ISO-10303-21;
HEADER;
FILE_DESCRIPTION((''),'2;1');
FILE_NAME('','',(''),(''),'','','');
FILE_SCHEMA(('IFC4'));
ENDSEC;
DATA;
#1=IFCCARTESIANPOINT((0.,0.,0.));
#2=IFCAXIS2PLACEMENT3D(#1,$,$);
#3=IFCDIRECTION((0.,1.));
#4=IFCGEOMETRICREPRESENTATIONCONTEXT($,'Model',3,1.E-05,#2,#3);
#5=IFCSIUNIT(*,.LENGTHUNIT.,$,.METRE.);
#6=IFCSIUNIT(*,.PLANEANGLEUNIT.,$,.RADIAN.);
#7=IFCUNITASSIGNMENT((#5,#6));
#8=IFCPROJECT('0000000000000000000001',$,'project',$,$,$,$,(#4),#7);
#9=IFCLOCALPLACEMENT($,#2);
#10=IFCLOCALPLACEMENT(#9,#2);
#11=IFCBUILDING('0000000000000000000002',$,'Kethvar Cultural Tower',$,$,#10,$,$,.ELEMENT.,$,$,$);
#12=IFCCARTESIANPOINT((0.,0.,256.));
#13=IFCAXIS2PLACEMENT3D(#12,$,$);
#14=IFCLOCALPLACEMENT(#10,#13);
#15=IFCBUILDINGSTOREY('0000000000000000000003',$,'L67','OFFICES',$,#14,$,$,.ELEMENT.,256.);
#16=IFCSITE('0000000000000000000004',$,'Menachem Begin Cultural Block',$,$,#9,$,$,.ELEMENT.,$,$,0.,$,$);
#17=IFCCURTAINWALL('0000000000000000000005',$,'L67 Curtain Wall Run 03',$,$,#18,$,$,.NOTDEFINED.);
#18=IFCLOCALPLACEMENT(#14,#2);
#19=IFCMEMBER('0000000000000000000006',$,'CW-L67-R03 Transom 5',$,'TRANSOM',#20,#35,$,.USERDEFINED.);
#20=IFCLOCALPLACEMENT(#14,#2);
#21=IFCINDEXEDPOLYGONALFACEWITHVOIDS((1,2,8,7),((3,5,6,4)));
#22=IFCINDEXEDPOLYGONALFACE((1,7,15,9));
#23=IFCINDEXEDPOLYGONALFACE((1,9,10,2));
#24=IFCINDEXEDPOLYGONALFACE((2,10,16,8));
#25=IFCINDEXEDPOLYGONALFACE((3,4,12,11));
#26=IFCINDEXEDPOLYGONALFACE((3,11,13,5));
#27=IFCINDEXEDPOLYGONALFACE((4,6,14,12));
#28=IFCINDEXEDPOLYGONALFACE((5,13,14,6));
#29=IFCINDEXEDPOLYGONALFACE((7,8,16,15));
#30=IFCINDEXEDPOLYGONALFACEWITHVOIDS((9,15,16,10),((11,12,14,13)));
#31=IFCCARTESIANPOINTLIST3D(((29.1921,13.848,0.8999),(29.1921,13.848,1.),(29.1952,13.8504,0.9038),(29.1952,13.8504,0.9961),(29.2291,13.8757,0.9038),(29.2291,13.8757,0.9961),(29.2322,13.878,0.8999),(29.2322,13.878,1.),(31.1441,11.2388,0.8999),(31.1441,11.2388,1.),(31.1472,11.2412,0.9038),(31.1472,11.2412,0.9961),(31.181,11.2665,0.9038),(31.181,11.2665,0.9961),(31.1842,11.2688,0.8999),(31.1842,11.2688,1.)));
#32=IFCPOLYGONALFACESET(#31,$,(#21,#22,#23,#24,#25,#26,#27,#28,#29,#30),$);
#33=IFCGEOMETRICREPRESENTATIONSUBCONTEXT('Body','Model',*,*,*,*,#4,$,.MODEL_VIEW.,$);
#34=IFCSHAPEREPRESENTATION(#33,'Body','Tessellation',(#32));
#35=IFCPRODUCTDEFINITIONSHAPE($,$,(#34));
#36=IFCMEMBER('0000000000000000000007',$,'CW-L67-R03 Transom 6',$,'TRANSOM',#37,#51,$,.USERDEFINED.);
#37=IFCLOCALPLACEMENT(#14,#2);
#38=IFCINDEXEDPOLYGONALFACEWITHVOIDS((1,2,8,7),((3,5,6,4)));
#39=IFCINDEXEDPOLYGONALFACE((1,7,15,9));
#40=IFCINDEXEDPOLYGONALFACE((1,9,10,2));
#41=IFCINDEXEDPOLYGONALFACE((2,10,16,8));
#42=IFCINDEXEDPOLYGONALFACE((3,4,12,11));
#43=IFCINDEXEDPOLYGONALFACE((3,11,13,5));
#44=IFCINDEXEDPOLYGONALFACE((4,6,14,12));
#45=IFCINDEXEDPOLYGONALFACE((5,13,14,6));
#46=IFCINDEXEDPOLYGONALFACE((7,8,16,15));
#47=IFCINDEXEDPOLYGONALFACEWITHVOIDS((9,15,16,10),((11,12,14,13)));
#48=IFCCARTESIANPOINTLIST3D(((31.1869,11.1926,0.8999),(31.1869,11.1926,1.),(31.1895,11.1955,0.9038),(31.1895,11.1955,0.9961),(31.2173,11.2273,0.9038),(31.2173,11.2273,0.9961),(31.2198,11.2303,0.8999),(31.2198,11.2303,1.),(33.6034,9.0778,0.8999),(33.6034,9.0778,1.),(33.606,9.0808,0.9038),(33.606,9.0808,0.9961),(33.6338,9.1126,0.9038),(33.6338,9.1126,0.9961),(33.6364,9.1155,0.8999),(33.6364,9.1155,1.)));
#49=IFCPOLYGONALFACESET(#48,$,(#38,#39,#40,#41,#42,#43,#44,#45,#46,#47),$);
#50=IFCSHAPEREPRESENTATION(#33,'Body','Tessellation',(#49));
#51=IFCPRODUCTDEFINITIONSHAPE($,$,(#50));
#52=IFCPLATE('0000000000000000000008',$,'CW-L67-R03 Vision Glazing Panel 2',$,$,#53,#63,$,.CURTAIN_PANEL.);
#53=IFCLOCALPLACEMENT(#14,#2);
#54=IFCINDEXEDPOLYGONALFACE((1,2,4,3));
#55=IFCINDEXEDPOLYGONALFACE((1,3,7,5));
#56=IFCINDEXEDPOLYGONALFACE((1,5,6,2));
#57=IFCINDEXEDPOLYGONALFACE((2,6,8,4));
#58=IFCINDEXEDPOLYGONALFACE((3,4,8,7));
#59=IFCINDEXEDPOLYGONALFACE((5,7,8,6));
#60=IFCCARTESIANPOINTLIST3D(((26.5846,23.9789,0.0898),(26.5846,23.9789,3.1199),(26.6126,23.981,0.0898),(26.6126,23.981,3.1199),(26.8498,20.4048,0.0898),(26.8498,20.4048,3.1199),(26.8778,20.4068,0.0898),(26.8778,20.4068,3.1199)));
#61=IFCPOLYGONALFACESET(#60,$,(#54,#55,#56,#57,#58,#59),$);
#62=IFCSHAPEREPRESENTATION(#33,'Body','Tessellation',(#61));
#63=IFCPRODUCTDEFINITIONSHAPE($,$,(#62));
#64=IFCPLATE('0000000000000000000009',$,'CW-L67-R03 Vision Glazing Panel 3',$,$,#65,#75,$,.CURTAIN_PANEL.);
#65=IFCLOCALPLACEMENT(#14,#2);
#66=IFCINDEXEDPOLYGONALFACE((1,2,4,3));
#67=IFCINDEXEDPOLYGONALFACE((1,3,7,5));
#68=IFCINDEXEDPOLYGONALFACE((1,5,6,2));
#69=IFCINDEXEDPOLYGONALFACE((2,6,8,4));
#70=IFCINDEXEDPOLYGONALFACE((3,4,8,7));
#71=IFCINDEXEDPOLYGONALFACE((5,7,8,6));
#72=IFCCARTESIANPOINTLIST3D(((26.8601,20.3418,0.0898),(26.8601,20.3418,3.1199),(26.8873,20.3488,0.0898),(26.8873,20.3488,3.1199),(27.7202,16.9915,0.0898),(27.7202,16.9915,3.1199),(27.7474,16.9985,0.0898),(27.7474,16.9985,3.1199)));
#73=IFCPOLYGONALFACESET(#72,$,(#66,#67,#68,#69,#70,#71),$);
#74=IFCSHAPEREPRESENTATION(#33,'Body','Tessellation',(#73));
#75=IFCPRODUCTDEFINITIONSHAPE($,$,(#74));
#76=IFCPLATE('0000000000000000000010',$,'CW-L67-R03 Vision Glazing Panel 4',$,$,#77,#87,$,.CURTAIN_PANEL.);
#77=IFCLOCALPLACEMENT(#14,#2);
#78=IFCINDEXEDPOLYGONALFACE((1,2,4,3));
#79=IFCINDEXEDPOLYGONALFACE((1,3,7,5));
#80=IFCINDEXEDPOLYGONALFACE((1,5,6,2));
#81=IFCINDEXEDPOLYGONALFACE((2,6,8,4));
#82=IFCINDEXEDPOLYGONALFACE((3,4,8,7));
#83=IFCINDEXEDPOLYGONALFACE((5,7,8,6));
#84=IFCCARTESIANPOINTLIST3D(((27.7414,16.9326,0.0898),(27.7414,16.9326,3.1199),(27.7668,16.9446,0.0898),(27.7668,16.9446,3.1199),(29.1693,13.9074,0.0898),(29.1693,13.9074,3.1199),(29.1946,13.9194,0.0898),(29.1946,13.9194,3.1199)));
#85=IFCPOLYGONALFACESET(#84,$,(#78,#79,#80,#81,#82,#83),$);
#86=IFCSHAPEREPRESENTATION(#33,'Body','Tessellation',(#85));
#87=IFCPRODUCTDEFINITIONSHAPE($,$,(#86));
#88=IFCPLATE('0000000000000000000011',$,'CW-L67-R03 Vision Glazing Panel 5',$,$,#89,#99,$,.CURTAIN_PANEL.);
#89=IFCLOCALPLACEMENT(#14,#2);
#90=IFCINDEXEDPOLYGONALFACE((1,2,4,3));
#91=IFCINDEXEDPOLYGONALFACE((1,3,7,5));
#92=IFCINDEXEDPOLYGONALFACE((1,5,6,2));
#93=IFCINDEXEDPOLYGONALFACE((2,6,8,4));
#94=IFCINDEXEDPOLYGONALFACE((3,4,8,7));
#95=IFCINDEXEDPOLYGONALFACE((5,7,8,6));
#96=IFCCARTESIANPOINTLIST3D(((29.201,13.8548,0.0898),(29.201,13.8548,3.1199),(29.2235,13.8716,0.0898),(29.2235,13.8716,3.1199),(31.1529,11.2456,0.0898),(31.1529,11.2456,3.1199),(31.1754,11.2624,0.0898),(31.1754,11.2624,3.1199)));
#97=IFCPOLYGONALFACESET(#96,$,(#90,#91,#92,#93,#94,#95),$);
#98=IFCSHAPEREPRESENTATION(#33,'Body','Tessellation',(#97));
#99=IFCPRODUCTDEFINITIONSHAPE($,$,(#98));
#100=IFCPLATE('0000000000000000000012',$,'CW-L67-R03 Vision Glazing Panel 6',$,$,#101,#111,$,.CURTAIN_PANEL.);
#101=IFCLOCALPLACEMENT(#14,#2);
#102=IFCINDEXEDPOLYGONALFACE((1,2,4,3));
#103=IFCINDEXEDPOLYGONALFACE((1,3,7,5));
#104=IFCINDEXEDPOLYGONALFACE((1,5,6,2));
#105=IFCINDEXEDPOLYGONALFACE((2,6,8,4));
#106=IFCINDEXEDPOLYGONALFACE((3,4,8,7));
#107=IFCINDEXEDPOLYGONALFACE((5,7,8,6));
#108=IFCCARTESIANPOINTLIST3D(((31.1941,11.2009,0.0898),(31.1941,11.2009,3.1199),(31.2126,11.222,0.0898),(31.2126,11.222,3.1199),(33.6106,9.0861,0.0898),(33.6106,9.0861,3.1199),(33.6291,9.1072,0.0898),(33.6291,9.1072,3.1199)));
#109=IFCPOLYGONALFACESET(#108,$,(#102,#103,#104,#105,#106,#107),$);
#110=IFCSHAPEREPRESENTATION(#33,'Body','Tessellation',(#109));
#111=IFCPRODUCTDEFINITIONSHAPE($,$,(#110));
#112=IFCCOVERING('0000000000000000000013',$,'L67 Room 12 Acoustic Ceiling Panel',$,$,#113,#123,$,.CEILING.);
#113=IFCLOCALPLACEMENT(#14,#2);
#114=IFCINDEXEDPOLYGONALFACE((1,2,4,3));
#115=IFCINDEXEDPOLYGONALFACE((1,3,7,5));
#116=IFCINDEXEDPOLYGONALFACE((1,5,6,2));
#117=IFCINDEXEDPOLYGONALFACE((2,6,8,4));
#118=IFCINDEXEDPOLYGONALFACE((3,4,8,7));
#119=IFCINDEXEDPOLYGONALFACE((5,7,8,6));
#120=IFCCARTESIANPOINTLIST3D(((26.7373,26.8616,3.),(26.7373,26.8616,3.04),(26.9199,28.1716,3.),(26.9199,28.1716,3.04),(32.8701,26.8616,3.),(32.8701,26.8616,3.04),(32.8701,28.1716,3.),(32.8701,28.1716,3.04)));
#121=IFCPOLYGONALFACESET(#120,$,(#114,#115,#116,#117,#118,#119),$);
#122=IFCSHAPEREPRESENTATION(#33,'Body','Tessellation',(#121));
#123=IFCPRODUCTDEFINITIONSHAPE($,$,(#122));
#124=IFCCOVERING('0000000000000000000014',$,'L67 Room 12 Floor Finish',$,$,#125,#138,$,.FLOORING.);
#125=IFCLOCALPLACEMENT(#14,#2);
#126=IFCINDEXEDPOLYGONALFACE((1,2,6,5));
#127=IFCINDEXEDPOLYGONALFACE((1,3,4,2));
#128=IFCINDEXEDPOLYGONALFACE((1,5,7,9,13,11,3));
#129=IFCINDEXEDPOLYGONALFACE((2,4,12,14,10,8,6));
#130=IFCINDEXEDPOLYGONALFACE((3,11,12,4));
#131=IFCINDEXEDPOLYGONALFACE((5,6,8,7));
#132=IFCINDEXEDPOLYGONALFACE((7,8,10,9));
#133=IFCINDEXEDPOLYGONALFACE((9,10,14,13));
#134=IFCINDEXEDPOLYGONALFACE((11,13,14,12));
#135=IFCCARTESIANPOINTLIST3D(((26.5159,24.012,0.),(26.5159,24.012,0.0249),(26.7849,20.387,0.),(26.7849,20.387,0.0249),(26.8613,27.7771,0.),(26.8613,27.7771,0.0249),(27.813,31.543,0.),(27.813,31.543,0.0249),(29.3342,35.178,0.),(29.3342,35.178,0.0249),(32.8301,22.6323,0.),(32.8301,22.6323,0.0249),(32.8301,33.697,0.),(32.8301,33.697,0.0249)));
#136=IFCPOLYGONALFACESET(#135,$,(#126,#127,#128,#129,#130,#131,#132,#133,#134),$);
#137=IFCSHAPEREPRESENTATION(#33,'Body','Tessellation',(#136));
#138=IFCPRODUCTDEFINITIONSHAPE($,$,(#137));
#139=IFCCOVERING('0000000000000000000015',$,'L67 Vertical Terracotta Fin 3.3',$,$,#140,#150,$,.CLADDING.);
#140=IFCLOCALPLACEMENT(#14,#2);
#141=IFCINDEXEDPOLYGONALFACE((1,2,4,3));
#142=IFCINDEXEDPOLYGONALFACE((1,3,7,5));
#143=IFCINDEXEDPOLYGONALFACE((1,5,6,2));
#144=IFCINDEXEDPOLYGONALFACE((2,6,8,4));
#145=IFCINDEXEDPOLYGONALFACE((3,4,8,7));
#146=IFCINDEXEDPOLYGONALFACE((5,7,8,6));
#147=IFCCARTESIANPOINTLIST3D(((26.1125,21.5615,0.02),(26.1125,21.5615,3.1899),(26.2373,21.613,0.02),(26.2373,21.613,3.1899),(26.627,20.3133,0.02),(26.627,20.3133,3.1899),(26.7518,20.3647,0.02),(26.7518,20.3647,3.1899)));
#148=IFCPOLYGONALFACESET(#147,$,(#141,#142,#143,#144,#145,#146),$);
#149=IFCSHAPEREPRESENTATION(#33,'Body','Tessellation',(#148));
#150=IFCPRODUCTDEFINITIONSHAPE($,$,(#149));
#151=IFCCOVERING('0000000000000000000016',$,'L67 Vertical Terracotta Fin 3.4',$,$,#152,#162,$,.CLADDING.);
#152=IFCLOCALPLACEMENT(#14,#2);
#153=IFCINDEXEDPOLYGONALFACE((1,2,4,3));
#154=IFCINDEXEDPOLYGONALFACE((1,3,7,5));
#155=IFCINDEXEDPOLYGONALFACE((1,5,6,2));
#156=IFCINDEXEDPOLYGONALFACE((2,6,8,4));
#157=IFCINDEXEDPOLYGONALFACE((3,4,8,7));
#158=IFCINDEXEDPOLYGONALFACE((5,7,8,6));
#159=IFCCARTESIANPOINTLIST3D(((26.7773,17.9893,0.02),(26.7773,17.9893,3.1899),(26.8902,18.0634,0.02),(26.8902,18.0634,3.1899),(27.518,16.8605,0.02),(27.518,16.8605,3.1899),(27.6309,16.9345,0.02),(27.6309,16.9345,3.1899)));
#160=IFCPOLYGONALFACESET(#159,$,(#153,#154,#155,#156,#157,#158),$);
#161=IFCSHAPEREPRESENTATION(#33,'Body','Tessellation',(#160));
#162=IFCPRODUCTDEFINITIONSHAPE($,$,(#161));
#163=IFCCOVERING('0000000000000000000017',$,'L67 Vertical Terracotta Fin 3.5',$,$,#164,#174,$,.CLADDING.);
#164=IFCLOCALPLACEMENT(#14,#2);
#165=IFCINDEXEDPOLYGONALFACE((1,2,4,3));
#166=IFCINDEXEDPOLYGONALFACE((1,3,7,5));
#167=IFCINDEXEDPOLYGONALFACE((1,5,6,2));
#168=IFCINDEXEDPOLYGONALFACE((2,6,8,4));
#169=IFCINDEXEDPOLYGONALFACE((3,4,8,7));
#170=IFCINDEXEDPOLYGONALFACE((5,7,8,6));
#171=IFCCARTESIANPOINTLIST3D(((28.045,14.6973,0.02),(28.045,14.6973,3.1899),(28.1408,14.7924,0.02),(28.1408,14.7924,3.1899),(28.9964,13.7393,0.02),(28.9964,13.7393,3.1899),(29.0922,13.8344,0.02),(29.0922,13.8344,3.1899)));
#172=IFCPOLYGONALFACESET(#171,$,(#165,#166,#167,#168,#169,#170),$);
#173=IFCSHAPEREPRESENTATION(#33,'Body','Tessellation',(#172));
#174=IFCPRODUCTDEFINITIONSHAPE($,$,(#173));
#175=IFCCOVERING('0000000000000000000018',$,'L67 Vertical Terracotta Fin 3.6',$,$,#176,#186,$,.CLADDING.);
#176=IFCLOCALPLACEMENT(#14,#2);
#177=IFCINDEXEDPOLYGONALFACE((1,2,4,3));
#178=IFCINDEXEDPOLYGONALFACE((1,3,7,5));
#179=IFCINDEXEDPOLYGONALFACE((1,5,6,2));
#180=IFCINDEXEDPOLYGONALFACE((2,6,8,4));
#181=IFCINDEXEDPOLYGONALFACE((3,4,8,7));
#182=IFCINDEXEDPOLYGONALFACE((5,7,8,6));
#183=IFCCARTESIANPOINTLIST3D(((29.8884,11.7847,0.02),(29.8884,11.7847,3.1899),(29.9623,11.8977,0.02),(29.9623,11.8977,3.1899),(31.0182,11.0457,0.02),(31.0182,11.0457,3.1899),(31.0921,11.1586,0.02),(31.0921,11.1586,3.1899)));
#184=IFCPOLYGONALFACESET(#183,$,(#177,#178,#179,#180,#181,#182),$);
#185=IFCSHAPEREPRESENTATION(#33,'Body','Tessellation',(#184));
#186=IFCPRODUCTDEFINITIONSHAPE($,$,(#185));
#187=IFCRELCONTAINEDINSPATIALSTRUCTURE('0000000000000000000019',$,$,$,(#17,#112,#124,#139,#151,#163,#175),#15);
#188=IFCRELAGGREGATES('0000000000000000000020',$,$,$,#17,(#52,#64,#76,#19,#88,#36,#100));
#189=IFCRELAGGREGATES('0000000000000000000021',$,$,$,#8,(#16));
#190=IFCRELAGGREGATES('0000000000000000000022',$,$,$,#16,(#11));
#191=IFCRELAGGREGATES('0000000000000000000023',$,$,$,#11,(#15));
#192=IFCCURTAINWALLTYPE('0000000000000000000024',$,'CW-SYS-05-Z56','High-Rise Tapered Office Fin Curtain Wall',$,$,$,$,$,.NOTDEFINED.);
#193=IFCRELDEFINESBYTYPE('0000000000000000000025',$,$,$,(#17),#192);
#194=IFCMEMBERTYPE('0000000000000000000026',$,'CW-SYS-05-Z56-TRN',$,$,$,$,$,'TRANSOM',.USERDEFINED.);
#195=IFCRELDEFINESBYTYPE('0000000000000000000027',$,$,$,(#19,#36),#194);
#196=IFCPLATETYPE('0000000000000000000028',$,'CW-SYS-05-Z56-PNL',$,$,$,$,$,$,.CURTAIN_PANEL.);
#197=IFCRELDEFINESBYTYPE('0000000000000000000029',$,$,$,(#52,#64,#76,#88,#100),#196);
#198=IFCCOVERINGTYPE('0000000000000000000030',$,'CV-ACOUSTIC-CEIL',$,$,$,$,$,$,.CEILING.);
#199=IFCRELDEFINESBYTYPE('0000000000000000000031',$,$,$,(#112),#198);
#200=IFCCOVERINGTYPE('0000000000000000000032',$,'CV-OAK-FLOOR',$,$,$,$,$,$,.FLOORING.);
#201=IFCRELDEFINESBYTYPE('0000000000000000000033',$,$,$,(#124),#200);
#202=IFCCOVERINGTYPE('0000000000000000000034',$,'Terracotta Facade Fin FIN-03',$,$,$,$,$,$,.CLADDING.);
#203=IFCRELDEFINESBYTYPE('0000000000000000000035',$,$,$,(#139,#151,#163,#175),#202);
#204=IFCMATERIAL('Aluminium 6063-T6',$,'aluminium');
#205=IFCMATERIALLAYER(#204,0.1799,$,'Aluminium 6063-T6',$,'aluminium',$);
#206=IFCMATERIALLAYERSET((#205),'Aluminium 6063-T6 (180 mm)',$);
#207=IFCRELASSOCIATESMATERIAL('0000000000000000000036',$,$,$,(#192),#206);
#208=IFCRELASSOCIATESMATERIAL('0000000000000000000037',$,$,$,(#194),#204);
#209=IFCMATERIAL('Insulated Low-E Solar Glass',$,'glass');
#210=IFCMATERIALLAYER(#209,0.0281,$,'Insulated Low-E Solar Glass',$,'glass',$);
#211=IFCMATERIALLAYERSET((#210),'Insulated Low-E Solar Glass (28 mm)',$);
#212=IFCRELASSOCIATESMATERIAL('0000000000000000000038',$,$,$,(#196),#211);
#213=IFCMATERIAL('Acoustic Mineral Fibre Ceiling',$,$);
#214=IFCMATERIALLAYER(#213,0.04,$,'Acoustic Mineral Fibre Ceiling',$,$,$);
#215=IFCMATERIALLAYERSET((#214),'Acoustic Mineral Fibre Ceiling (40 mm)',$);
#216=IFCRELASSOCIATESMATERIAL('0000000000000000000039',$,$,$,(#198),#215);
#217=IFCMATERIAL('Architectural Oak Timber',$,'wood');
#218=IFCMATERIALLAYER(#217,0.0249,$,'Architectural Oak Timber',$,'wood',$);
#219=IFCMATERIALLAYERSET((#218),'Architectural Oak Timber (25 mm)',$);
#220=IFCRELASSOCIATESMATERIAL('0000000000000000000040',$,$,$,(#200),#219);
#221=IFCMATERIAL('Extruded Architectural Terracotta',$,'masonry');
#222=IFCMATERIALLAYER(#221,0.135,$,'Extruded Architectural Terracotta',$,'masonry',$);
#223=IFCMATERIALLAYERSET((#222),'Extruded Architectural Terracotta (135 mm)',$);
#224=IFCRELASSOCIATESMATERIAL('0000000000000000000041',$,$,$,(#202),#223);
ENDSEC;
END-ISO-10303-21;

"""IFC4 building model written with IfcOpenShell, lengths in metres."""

from ifc_helpers import new_model, si_unit, direction, frame, origin, origin_2d, place, context, subcontext, project, spatial, polyline, rectangle, hollow_rectangle, outline, extrude, source, transform, mapped, material, layer, layer_set, material_profile, profile_set, type_object, element, aggregate, save


model = new_model("IFC4")

# Units and contexts
model_context = context("Model", 3, precision=1e-05, world=origin(), true_north=direction((0.0, 1.0)))
body_context = subcontext(model_context, "Body", "Model", "MODEL_VIEW")
ifc_project = project(units=[si_unit("LENGTHUNIT", "METRE"), si_unit("PLANEANGLEUNIT", "RADIAN")], contexts=[model_context])

# Site, building, storey
site_placement = place(None, origin())
site = spatial("IfcSite", under=ifc_project, at=site_placement, Name="Menachem Begin Cultural Block", CompositionType="ELEMENT", RefElevation=0.0)
building_placement = place(site_placement, origin())
building = spatial("IfcBuilding", under=site, at=building_placement, Name="Kethvar Cultural Tower", CompositionType="ELEMENT")
storey_placement = place(building_placement, frame((0.0, 0.0, 256.0)))
storey = spatial("IfcBuildingStorey", under=building, at=storey_placement, Name="L67", Description="OFFICES", CompositionType="ELEMENT", Elevation=256.0)

# Curtain wall, members, plates
ifc_material_1 = material(Name="Aluminium 6063-T6", Category="aluminium")
ifc_layer_1 = layer(ifc_material_1, 0.1799, Name="Aluminium 6063-T6", Category="aluminium")
ifc_layer_set_1 = layer_set([ifc_layer_1], Name="Aluminium 6063-T6 (180 mm)")
curtain_wall_type = type_object("IfcCurtainWallType", Name="CW-SYS-05-Z56", Description="High-Rise Tapered Office Fin Curtain Wall", PredefinedType="NOTDEFINED", material=ifc_layer_set_1)
curtain_wall_placement = place(storey_placement, origin())
curtain_wall = element("IfcCurtainWall", 1, at=curtain_wall_placement, inside=storey, type_object=curtain_wall_type, Name="L67 Curtain Wall Run 03", PredefinedType="NOTDEFINED")
ifc_material_profile_1 = material_profile(ifc_material_1, hollow_rectangle(XDim=0.05, YDim=0.1001, WallThickness=0.0039, at=origin_2d()), Name="Aluminium 6063-T6 — RHS100x50x4")
ifc_profile_set_1 = profile_set([ifc_material_profile_1], Name="Aluminium 6063-T6 — RHS100x50x4")
member_type_1 = type_object("IfcMemberType", Name="CW-SYS-05-Z56-TRN", ElementType="TRANSOM", PredefinedType="USERDEFINED", material=ifc_profile_set_1)
shared_shape_1 = source(origin(), body_context, "Body", "SweptSolid", [
    extrude(hollow_rectangle(XDim=0.05, YDim=0.1001, WallThickness=0.0039, at=origin_2d()), origin(), (0.0, 0.0, 1.0), 3.2585),
])
member_1_placement = place(storey_placement, frame((29.2122, 13.863, 0.95), z_axis=(0.599029, -0.800728, 0.0), x_axis=(0.800728, 0.599029, 0.0)))
member_1 = element("IfcMember", 2, at=member_1_placement, type_object=member_type_1, Name="CW-L67-R03 Transom 5", ObjectType="TRANSOM", PredefinedType="USERDEFINED", context=body_context, shape_type="MappedRepresentation", body=[
    mapped(shared_shape_1, transform((0.0, 0.0, 0.0), scale=1.0)),
])
shared_shape_2 = source(origin(), body_context, "Body", "SweptSolid", [
    extrude(hollow_rectangle(XDim=0.05, YDim=0.1001, WallThickness=0.0039, at=origin_2d()), origin(), (0.0, 0.0, 1.0), 3.2112),
])
member_2_placement = place(storey_placement, frame((31.2034, 11.2114, 0.95), z_axis=(0.75253, -0.658558, 0.0), x_axis=(0.658558, 0.75253, 0.0)))
member_2 = element("IfcMember", 3, at=member_2_placement, type_object=member_type_1, Name="CW-L67-R03 Transom 6", ObjectType="TRANSOM", PredefinedType="USERDEFINED", context=body_context, shape_type="MappedRepresentation", body=[
    mapped(shared_shape_2, transform((0.0, 0.0, 0.0), scale=1.0)),
])
ifc_material_2 = material(Name="Insulated Low-E Solar Glass", Category="glass")
ifc_layer_2 = layer(ifc_material_2, 0.0281, Name="Insulated Low-E Solar Glass", Category="glass")
ifc_layer_set_2 = layer_set([ifc_layer_2], Name="Insulated Low-E Solar Glass (28 mm)")
plate_type = type_object("IfcPlateType", Name="CW-SYS-05-Z56-PNL", PredefinedType="CURTAIN_PANEL", material=ifc_layer_set_2)
shared_shape_3 = source(origin(), body_context, "Body", "SweptSolid", [
    extrude(rectangle(XDim=3.584, YDim=0.0281, at=origin_2d()), origin(), (0.0, 0.0, 1.0), 3.03),
])
plate_1_placement = place(storey_placement, frame((26.7312, 22.1929, 0.0898), z_axis=(0.0, 0.0, 1.0), x_axis=(0.074004, -0.997258, 0.0)))
plate_1 = element("IfcPlate", 4, at=plate_1_placement, type_object=plate_type, Name="CW-L67-R03 Vision Glazing Panel 2", PredefinedType="CURTAIN_PANEL", context=body_context, shape_type="MappedRepresentation", body=[
    mapped(shared_shape_3, transform((0.0, 0.0, 0.0), scale=1.0)),
])
shared_shape_4 = source(origin(), body_context, "Body", "SweptSolid", [
    extrude(rectangle(XDim=3.459, YDim=0.0281, at=origin_2d()), origin(), (0.0, 0.0, 1.0), 3.03),
])
plate_2_placement = place(storey_placement, frame((27.3037, 18.6702, 0.0898), z_axis=(0.0, 0.0, 1.0), x_axis=(0.248656, -0.968592, 0.0)))
plate_2 = element("IfcPlate", 5, at=plate_2_placement, type_object=plate_type, Name="CW-L67-R03 Vision Glazing Panel 3", PredefinedType="CURTAIN_PANEL", context=body_context, shape_type="MappedRepresentation", body=[
    mapped(shared_shape_4, transform((0.0, 0.0, 0.0), scale=1.0)),
])
shared_shape_5 = source(origin(), body_context, "Body", "SweptSolid", [
    extrude(rectangle(XDim=3.3452, YDim=0.0281, at=origin_2d()), origin(), (0.0, 0.0, 1.0), 3.03),
])
plate_3_placement = place(storey_placement, frame((28.468, 15.426, 0.0898), z_axis=(0.0, 0.0, 1.0), x_axis=(0.426837, -0.904329, 0.0)))
plate_3 = element("IfcPlate", 6, at=plate_3_placement, type_object=plate_type, Name="CW-L67-R03 Vision Glazing Panel 4", PredefinedType="CURTAIN_PANEL", context=body_context, shape_type="MappedRepresentation", body=[
    mapped(shared_shape_5, transform((0.0, 0.0, 0.0), scale=1.0)),
])
shared_shape_6 = source(origin(), body_context, "Body", "SweptSolid", [
    extrude(rectangle(XDim=3.2585, YDim=0.0281, at=origin_2d()), origin(), (0.0, 0.0, 1.0), 3.03),
])
plate_4_placement = place(storey_placement, frame((30.1882, 12.5586, 0.0898), z_axis=(0.0, 0.0, 1.0), x_axis=(0.59901, -0.800742, 0.0)))
plate_4 = element("IfcPlate", 7, at=plate_4_placement, type_object=plate_type, Name="CW-L67-R03 Vision Glazing Panel 5", PredefinedType="CURTAIN_PANEL", context=body_context, shape_type="MappedRepresentation", body=[
    mapped(shared_shape_6, transform((0.0, 0.0, 0.0), scale=1.0)),
])
shared_shape_7 = source(origin(), body_context, "Body", "SweptSolid", [
    extrude(rectangle(XDim=3.2112, YDim=0.0281, at=origin_2d()), origin(), (0.0, 0.0, 1.0), 3.03),
])
plate_5_placement = place(storey_placement, frame((32.4116, 10.1541, 0.0898), z_axis=(0.0, 0.0, 1.0), x_axis=(0.752518, -0.658571, 0.0)))
plate_5 = element("IfcPlate", 8, at=plate_5_placement, type_object=plate_type, Name="CW-L67-R03 Vision Glazing Panel 6", PredefinedType="CURTAIN_PANEL", context=body_context, shape_type="MappedRepresentation", body=[
    mapped(shared_shape_7, transform((0.0, 0.0, 0.0), scale=1.0)),
])
aggregate(curtain_wall, [plate_1, plate_2, plate_3, member_1, plate_4, member_2, plate_5])

# Coverings
ifc_material_3 = material(Name="Acoustic Mineral Fibre Ceiling")
ifc_layer_3 = layer(ifc_material_3, 0.04, Name="Acoustic Mineral Fibre Ceiling")
ifc_layer_set_3 = layer_set([ifc_layer_3], Name="Acoustic Mineral Fibre Ceiling (40 mm)")
covering_type_1 = type_object("IfcCoveringType", Name="CV-ACOUSTIC-CEIL", PredefinedType="CEILING", material=ifc_layer_set_3)
covering_1_placement = place(storey_placement, frame((0.0, 0.0, 3.0)))
element("IfcCovering", 9, at=covering_1_placement, inside=storey, type_object=covering_type_1, Name="L67 Room 12 Acoustic Ceiling Panel", PredefinedType="CEILING", context=body_context, shape_type="SweptSolid", body=[
    extrude(outline(polyline([(26.7373, 26.8616), (26.9199, 28.1716), (32.8701, 28.1716), (32.8701, 26.8616), (26.7373, 26.8616)])), origin(), (0.0, 0.0, 1.0), 0.04),
])
ifc_material_4 = material(Name="Architectural Oak Timber", Category="wood")
ifc_layer_4 = layer(ifc_material_4, 0.0249, Name="Architectural Oak Timber", Category="wood")
ifc_layer_set_4 = layer_set([ifc_layer_4], Name="Architectural Oak Timber (25 mm)")
covering_type_2 = type_object("IfcCoveringType", Name="CV-OAK-FLOOR", PredefinedType="FLOORING", material=ifc_layer_set_4)
covering_2_placement = place(storey_placement, origin())
element("IfcCovering", 10, at=covering_2_placement, inside=storey, type_object=covering_type_2, Name="L67 Room 12 Floor Finish", PredefinedType="FLOORING", context=body_context, shape_type="SweptSolid", body=[
    extrude(outline(polyline([(26.5159, 24.012), (26.8613, 27.7771), (27.813, 31.543), (29.3342, 35.178), (32.8301, 33.697), (32.8301, 22.6323), (26.7849, 20.387), (26.5159, 24.012)])), origin(), (0.0, 0.0, 1.0), 0.0249),
])
ifc_material_5 = material(Name="Extruded Architectural Terracotta", Category="masonry")
ifc_layer_5 = layer(ifc_material_5, 0.135, Name="Extruded Architectural Terracotta", Category="masonry")
ifc_layer_set_5 = layer_set([ifc_layer_5], Name="Extruded Architectural Terracotta (135 mm)")
covering_type_3 = type_object("IfcCoveringType", Name="Terracotta Facade Fin FIN-03", PredefinedType="CLADDING", material=ifc_layer_set_5)
shared_shape_8 = source(origin(), body_context, "Body", "SweptSolid", [
    extrude(rectangle(XDim=1.3501, YDim=0.135, at=origin_2d()), origin(), (0.0, 0.0, 1.0), 3.1699),
])
for number, where, z_axis, x_axis, name in (
    (11, (26.4321, 20.9631, 0.02), (0.0, 0.0, 1.0), (-0.38107, 0.924546, 0.0), "L67 Vertical Terracotta Fin 3.3"),
    (12, (27.2041, 17.4619, 0.02), (0.0, 0.0, 1.0), (-0.548585, 0.836095, 0.0), "L67 Vertical Terracotta Fin 3.4"),
    (13, (28.5686, 14.2659, 0.02), (0.0, 0.0, 1.0), (-0.704634, 0.709571, 0.0), "L67 Vertical Terracotta Fin 3.5"),
    (14, (30.4902, 11.4717, 0.02), (0.0, 0.0, 1.0), (-0.83686, 0.547417, 0.0), "L67 Vertical Terracotta Fin 3.6"),
):
    element("IfcCovering", number, at=place(storey_placement, frame(where, z_axis=z_axis, x_axis=x_axis)), inside=storey, type_object=covering_type_3, Name=name, PredefinedType="CLADDING", context=body_context, shape_type="MappedRepresentation", body=[
        mapped(shared_shape_8, transform((0.0, 0.0, 0.0), scale=1.0)),
    ])

save(model, "model.ifc")
